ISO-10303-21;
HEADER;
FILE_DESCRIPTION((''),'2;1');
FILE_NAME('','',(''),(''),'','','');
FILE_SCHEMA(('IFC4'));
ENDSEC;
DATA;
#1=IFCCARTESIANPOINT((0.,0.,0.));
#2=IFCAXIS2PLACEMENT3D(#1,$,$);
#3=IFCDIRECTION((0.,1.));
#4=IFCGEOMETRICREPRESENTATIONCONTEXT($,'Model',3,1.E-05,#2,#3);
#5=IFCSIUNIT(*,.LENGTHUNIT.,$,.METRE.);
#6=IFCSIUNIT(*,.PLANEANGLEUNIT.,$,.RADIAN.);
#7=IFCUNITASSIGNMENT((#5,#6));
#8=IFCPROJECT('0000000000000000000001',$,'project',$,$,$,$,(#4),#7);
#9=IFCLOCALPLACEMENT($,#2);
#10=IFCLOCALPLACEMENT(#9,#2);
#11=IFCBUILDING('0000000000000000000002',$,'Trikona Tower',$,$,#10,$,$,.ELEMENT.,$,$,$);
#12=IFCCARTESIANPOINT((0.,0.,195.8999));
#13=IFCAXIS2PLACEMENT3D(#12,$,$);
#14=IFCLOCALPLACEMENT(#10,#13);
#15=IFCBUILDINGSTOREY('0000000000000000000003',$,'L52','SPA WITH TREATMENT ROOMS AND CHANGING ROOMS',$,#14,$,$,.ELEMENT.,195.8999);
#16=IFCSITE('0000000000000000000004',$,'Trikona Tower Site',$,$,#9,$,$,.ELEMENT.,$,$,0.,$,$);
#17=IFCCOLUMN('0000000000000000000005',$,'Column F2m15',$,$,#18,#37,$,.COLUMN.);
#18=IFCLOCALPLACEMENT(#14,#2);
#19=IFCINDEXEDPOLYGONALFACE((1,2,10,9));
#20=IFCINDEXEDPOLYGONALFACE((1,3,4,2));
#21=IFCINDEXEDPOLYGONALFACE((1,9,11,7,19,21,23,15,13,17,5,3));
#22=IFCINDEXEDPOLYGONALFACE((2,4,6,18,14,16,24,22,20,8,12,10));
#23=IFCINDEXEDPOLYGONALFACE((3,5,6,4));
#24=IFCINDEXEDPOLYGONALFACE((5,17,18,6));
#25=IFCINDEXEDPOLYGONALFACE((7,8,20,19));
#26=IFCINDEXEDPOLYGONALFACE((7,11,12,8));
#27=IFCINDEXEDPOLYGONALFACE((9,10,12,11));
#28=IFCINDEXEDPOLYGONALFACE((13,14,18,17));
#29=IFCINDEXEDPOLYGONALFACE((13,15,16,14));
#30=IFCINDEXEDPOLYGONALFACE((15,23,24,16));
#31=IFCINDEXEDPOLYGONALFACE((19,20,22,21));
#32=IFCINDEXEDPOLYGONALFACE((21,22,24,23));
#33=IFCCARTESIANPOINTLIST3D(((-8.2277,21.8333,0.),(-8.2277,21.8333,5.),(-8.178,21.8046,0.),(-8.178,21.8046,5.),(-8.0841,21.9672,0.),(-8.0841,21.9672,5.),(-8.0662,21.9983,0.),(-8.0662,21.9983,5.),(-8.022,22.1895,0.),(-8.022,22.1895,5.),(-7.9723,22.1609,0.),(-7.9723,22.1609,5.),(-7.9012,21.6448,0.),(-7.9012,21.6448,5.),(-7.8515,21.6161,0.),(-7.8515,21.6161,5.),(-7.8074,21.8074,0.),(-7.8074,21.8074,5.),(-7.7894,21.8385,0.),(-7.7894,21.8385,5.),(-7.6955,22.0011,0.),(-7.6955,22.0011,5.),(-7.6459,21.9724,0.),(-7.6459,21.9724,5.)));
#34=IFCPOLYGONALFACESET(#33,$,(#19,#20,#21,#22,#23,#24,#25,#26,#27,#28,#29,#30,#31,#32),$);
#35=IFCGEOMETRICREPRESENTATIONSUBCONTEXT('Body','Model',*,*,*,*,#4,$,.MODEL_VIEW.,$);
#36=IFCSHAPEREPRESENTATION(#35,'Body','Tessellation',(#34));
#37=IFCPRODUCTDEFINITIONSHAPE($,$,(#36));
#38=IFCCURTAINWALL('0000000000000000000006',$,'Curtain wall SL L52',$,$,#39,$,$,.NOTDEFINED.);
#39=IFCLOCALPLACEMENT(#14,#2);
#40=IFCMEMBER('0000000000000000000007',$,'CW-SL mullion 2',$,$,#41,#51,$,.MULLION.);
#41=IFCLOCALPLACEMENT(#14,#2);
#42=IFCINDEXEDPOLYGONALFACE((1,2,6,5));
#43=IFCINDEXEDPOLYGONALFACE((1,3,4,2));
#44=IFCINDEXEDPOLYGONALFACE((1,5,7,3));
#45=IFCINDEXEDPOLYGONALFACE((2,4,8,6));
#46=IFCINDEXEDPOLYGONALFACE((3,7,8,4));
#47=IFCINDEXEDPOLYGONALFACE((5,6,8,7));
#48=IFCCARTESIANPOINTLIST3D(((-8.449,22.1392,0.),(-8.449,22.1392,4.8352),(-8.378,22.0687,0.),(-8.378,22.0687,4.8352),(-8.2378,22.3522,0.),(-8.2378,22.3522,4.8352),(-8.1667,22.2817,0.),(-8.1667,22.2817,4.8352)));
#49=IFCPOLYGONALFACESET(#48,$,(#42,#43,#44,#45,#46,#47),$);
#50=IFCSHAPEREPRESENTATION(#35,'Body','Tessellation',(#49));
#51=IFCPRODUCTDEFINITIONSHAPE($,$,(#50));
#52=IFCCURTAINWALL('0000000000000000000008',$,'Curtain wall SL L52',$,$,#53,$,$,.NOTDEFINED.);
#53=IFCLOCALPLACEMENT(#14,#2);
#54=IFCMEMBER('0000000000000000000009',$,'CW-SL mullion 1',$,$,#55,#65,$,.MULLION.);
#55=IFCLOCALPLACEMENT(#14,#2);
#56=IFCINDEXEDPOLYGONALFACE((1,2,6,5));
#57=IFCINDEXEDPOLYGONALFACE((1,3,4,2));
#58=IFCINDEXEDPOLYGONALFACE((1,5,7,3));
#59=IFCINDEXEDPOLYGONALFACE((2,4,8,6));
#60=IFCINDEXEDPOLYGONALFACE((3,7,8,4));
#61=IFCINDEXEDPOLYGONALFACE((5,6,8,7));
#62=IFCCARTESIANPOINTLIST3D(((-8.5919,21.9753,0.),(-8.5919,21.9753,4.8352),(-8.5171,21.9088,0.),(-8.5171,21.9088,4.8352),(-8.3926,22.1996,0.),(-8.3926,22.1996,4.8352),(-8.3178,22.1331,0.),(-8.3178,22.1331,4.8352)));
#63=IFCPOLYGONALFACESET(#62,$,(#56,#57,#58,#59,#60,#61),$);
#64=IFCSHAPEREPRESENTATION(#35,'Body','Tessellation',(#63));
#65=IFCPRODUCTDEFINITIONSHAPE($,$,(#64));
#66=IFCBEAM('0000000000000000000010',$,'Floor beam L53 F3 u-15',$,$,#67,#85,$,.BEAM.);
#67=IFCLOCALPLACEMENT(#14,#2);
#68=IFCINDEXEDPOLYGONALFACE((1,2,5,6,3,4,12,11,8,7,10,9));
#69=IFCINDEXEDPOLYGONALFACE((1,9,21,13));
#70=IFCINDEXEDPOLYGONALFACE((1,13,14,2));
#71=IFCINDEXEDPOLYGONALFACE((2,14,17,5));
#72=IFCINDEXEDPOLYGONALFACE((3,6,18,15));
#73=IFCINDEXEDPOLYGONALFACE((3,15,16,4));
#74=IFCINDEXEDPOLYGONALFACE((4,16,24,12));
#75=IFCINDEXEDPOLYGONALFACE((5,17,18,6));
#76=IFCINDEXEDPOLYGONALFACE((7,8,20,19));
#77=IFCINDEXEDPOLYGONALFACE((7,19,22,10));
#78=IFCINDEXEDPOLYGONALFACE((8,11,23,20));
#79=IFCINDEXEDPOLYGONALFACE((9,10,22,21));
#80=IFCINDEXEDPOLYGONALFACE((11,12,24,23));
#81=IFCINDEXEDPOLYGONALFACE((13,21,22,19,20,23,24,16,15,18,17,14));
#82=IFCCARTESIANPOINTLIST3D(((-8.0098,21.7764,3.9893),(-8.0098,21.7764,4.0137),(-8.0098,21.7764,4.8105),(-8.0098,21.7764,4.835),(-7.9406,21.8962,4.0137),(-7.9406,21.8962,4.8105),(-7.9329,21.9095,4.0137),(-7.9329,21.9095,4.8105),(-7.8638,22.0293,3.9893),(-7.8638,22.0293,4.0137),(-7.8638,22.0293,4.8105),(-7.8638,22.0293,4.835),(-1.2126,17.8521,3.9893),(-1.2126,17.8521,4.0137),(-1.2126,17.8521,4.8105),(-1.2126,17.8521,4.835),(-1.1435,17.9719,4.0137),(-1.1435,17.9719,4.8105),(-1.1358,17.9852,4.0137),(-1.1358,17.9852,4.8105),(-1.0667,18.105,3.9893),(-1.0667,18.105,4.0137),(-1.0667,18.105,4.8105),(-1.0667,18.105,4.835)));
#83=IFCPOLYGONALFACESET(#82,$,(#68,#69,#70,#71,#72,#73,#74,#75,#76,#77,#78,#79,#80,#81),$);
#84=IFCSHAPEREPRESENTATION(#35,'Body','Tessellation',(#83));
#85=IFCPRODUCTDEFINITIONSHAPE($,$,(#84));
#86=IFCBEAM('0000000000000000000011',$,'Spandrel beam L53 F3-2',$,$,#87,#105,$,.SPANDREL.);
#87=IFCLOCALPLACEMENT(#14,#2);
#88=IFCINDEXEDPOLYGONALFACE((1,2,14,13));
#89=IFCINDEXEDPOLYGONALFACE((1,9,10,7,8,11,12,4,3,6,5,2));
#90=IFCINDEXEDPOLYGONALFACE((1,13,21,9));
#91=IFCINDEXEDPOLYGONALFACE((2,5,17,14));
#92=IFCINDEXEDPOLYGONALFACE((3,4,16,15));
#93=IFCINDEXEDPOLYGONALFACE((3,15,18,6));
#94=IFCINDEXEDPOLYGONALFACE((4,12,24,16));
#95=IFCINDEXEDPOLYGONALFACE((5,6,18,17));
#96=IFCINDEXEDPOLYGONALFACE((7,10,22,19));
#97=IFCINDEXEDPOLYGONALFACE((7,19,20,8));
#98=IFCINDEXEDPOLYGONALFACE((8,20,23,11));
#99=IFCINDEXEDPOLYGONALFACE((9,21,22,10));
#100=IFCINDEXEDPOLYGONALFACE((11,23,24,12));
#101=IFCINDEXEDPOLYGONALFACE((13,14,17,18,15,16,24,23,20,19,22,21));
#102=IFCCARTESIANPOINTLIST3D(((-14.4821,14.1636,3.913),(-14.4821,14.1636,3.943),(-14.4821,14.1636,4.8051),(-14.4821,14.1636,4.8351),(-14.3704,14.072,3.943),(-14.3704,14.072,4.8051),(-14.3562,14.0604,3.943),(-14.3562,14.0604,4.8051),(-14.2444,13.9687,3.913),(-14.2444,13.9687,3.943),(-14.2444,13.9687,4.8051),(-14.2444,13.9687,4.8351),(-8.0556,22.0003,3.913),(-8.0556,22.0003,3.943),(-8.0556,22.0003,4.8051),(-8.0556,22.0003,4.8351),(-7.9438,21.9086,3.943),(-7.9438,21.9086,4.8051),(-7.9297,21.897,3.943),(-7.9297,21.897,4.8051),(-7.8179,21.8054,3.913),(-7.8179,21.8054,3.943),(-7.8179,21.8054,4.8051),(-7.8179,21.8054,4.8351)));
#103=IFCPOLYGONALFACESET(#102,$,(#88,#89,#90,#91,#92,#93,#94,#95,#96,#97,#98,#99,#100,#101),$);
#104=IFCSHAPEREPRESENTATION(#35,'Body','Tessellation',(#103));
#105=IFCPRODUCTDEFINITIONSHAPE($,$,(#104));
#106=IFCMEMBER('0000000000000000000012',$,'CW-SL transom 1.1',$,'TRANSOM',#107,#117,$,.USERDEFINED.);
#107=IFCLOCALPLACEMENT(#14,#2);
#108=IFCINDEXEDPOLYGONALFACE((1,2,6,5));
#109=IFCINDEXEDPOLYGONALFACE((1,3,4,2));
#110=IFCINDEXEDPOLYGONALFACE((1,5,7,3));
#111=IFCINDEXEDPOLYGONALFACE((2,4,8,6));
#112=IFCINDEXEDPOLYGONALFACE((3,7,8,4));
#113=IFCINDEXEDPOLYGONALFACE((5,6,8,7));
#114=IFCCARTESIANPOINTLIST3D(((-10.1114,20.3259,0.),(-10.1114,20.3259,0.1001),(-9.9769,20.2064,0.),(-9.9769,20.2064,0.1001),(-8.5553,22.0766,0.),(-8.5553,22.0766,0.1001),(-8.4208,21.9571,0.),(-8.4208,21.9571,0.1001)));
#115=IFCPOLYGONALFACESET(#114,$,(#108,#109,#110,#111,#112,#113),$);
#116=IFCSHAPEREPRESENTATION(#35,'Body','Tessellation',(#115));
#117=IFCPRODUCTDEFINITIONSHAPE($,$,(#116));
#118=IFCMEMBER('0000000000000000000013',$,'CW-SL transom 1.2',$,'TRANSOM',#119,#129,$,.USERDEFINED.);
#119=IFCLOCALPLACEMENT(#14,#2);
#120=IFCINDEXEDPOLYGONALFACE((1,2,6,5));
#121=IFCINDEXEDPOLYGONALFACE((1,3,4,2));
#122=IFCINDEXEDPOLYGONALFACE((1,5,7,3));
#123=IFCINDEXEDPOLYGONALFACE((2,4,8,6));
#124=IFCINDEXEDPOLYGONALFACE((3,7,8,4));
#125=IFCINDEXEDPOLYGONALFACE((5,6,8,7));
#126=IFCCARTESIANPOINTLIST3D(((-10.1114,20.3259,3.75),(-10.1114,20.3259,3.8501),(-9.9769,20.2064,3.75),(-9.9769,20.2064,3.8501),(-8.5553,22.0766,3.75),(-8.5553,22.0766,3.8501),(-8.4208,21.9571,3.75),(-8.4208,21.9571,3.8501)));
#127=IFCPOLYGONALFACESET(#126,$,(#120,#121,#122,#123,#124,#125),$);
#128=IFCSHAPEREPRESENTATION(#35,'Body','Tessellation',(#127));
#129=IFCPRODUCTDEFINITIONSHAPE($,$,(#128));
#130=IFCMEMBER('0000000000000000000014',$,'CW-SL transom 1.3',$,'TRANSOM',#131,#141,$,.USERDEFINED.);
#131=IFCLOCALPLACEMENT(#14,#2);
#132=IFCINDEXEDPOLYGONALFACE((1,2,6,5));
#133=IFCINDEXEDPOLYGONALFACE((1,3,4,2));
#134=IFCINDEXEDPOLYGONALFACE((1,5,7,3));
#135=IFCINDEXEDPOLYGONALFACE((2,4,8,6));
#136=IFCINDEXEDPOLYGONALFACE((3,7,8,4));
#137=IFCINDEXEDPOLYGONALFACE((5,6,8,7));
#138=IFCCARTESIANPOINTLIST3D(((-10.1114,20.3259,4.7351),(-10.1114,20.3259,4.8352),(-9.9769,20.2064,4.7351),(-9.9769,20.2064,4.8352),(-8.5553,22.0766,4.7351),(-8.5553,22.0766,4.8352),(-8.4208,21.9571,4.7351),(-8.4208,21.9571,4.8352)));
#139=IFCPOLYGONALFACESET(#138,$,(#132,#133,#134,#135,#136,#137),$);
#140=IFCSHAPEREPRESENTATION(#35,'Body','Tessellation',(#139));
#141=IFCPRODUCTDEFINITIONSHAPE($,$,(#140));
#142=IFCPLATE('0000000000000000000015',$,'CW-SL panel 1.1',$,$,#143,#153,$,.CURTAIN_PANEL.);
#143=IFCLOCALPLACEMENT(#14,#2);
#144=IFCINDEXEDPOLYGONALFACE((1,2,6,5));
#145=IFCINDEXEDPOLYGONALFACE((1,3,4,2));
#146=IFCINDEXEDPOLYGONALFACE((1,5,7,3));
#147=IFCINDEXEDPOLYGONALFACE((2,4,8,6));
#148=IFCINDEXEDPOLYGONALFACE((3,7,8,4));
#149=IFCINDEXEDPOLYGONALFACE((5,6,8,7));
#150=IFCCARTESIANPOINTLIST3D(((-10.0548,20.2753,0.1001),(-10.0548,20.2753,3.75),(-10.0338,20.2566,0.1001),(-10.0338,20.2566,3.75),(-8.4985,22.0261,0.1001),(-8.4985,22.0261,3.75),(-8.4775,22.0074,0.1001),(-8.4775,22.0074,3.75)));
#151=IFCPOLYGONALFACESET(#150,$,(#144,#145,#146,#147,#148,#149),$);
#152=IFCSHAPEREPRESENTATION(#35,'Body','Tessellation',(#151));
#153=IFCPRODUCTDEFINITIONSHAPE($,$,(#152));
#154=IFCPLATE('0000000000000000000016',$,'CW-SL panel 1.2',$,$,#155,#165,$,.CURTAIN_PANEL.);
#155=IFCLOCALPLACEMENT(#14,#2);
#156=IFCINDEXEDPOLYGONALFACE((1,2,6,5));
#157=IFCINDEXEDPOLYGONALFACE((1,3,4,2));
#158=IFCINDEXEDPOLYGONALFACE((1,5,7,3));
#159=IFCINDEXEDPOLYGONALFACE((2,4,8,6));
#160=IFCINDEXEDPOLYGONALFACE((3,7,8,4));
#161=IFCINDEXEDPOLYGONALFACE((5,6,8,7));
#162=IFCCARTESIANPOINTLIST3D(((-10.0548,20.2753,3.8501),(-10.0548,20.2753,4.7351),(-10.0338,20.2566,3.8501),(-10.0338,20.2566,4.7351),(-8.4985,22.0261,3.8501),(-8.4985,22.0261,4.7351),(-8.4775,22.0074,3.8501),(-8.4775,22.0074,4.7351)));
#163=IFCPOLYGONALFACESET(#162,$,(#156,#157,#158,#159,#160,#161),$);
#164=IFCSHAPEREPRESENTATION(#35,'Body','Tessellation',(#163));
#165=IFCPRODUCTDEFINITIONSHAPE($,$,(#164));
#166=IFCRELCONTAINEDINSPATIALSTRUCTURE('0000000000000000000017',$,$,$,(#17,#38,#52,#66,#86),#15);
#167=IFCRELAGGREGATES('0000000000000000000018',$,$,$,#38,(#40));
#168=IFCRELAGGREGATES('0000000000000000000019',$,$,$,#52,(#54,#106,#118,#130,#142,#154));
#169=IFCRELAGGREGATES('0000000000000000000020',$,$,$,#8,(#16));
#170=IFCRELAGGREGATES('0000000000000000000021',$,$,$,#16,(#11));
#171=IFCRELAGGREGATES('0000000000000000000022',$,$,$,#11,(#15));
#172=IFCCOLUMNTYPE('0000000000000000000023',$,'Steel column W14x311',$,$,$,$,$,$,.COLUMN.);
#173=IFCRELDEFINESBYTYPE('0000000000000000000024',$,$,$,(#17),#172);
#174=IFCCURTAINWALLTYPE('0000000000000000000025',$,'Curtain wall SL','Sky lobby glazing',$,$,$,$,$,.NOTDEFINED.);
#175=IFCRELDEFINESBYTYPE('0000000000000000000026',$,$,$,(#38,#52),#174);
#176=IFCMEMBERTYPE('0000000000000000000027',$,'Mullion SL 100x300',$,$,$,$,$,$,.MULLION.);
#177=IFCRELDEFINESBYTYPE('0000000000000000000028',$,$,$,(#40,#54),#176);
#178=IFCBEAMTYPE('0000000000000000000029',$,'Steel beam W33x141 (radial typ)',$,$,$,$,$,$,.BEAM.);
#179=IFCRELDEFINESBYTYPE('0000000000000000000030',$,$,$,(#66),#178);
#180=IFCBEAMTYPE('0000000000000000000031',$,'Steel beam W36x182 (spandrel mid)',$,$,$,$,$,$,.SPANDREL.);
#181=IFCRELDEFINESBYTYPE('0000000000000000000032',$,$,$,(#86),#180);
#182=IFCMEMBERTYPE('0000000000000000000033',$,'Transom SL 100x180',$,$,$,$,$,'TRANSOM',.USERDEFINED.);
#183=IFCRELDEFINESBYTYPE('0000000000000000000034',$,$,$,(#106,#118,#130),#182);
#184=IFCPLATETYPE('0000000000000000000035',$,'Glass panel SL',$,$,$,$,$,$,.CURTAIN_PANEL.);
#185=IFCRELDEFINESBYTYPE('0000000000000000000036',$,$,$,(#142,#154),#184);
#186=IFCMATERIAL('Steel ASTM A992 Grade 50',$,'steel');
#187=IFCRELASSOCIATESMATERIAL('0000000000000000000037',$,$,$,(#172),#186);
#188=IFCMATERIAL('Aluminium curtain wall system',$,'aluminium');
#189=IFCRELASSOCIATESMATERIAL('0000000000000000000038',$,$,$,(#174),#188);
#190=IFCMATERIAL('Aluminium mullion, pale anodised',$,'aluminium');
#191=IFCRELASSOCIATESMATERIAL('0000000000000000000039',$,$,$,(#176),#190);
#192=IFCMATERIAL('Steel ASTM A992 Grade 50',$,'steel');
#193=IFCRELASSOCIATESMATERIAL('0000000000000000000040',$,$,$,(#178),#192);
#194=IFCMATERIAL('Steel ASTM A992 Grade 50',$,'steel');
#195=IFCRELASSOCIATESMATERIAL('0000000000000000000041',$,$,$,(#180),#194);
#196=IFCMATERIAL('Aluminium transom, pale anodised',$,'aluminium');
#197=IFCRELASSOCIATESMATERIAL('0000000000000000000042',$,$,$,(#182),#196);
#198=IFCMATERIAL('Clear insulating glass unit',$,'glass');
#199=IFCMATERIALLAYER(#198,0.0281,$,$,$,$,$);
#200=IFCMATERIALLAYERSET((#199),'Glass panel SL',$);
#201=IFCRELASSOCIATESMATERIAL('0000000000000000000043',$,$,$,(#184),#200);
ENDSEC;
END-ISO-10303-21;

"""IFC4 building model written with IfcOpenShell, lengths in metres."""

from ifc_helpers import new_model, si_unit, direction, frame, origin, origin_2d, place, context, subcontext, project, spatial, rectangle, i_section, extrude, material, layer, layer_set, material_profile, profile_set, type_object, element, aggregate, save


model = new_model("IFC4")

# Units and contexts
model_context = context("Model", 3, precision=1e-05, world=origin(), true_north=direction((0.0, 1.0)))
body_context = subcontext(model_context, "Body", "Model", "MODEL_VIEW")
ifc_project = project(units=[si_unit("LENGTHUNIT", "METRE"), si_unit("PLANEANGLEUNIT", "RADIAN")], contexts=[model_context])

# Site, building, storey
site_placement = place(None, origin())
site = spatial("IfcSite", under=ifc_project, at=site_placement, Name="Trikona Tower Site", CompositionType="ELEMENT", RefElevation=0.0)
building_placement = place(site_placement, origin())
building = spatial("IfcBuilding", under=site, at=building_placement, Name="Trikona Tower", CompositionType="ELEMENT")
storey_placement = place(building_placement, frame((0.0, 0.0, 195.8999)))
storey = spatial("IfcBuildingStorey", under=building, at=storey_placement, Name="L52", Description="SPA WITH TREATMENT ROOMS AND CHANGING ROOMS", CompositionType="ELEMENT", Elevation=195.8999)

# Column
ifc_material_1 = material(Name="Steel ASTM A992 Grade 50", Category="steel")
ifc_material_profile_1 = material_profile(ifc_material_1, i_section(OverallWidth=0.4114, OverallDepth=0.4343, WebThickness=0.0359, FlangeThickness=0.0574, at=origin_2d()), Name="W14X311")
ifc_profile_set_1 = profile_set([ifc_material_profile_1], Name="Steel ASTM A992 Grade 50")
column_type = type_object("IfcColumnType", Name="Steel column W14x311", PredefinedType="COLUMN", material=ifc_profile_set_1)
column_placement = place(storey_placement, frame((-7.9368, 21.9028, 0.0), z_axis=(0.0, 0.0, 1.0), x_axis=(-0.5, -0.866025, 0.0)))
element("IfcColumn", 1, at=column_placement, inside=storey, type_object=column_type, Name="Column F2m15", PredefinedType="COLUMN", context=body_context, shape_type="SweptSolid", body=[
    extrude(i_section(OverallWidth=0.4114, OverallDepth=0.4343, WebThickness=0.0359, FlangeThickness=0.0574, at=origin_2d()), origin(), (0.0, 0.0, 1.0), 5.0),
])

# Curtain walls, members
ifc_material_2 = material(Name="Aluminium curtain wall system", Category="aluminium")
curtain_wall_type = type_object("IfcCurtainWallType", Name="Curtain wall SL", Description="Sky lobby glazing", PredefinedType="NOTDEFINED", material=ifc_material_2)
curtain_wall_1_placement = place(storey_placement, origin())
curtain_wall_1 = element("IfcCurtainWall", 2, at=curtain_wall_1_placement, inside=storey, type_object=curtain_wall_type, Name="Curtain wall SL L52", PredefinedType="NOTDEFINED")
ifc_material_3 = material(Name="Aluminium mullion, pale anodised", Category="aluminium")
ifc_material_profile_2 = material_profile(ifc_material_3, rectangle(XDim=0.1001, YDim=0.3, at=origin_2d()), Name="MUL-SL")
ifc_profile_set_2 = profile_set([ifc_material_profile_2], Name="Aluminium mullion, pale anodised")
member_type_1 = type_object("IfcMemberType", Name="Mullion SL 100x300", PredefinedType="MULLION", material=ifc_profile_set_2)
member_1_placement = place(storey_placement, frame((-8.3079, 22.2104, 0.0), z_axis=(0.0, 0.0, 1.0), x_axis=(0.710052, -0.704149, 0.0)))
member_1 = element("IfcMember", 3, at=member_1_placement, type_object=member_type_1, Name="CW-SL mullion 2", PredefinedType="MULLION", context=body_context, shape_type="SweptSolid", body=[
    extrude(rectangle(XDim=0.1001, YDim=0.3, at=origin_2d()), origin(), (0.0, 0.0, 1.0), 4.8352),
])
aggregate(curtain_wall_1, [member_1])
curtain_wall_2_placement = place(storey_placement, origin())
curtain_wall_2 = element("IfcCurtainWall", 4, at=curtain_wall_2_placement, inside=storey, type_object=curtain_wall_type, Name="Curtain wall SL L52", PredefinedType="NOTDEFINED")
member_2_placement = place(storey_placement, frame((-8.4548, 22.0542, 0.0), z_axis=(0.0, 0.0, 1.0), x_axis=(0.747403, -0.664371, 0.0)))
member_2 = element("IfcMember", 5, at=member_2_placement, type_object=member_type_1, Name="CW-SL mullion 1", PredefinedType="MULLION", context=body_context, shape_type="SweptSolid", body=[
    extrude(rectangle(XDim=0.1001, YDim=0.3, at=origin_2d()), origin(), (0.0, 0.0, 1.0), 4.8352),
])

# Beams
ifc_material_4 = material(Name="Steel ASTM A992 Grade 50", Category="steel")
ifc_material_profile_3 = material_profile(ifc_material_4, i_section(OverallWidth=0.292, OverallDepth=0.8457, WebThickness=0.0154, FlangeThickness=0.0244, at=origin_2d()), Name="W33X141")
ifc_profile_set_3 = profile_set([ifc_material_profile_3], Name="Steel ASTM A992 Grade 50")
beam_type_1 = type_object("IfcBeamType", Name="Steel beam W33x141 (radial typ)", PredefinedType="BEAM", material=ifc_profile_set_3)
beam_1_placement = place(storey_placement, frame((-1.1396, 17.9785, 4.4121), z_axis=(-0.866026, 0.5, 0.0), x_axis=(-0.5, -0.866026, 0.0)))
element("IfcBeam", 6, at=beam_1_placement, inside=storey, type_object=beam_type_1, Name="Floor beam L53 F3 u-15", PredefinedType="BEAM", context=body_context, shape_type="SweptSolid", body=[
    extrude(i_section(OverallWidth=0.292, OverallDepth=0.8457, WebThickness=0.0154, FlangeThickness=0.0244, at=origin_2d()), origin(), (0.0, 0.0, 1.0), 7.8486),
])
ifc_material_5 = material(Name="Steel ASTM A992 Grade 50", Category="steel")
ifc_material_profile_4 = material_profile(ifc_material_5, i_section(OverallWidth=0.3074, OverallDepth=0.9221, WebThickness=0.0183, FlangeThickness=0.03, at=origin_2d()), Name="W36X182")
ifc_profile_set_4 = profile_set([ifc_material_profile_4], Name="Steel ASTM A992 Grade 50")
beam_type_2 = type_object("IfcBeamType", Name="Steel beam W36x182 (spandrel mid)", PredefinedType="SPANDREL", material=ifc_profile_set_4)
beam_2_placement = place(storey_placement, frame((-7.9368, 21.9028, 4.374), z_axis=(-0.634106, -0.773246, 0.0), x_axis=(0.773246, -0.634106, 0.0)))
element("IfcBeam", 7, at=beam_2_placement, inside=storey, type_object=beam_type_2, Name="Spandrel beam L53 F3-2", PredefinedType="SPANDREL", context=body_context, shape_type="SweptSolid", body=[
    extrude(i_section(OverallWidth=0.3074, OverallDepth=0.9221, WebThickness=0.0183, FlangeThickness=0.03, at=origin_2d()), origin(), (0.0, 0.0, 1.0), 10.1348),
])

# Members
ifc_material_6 = material(Name="Aluminium transom, pale anodised", Category="aluminium")
ifc_material_profile_5 = material_profile(ifc_material_6, rectangle(XDim=0.1799, YDim=0.1001, at=origin_2d()), Name="TRN-SL")
ifc_profile_set_5 = profile_set([ifc_material_profile_5], Name="Aluminium transom, pale anodised")
member_type_2 = type_object("IfcMemberType", Name="Transom SL 100x180", ElementType="TRANSOM", PredefinedType="USERDEFINED", material=ifc_profile_set_5)
member_3_placement = place(storey_placement, frame((-8.488, 22.0168, 0.05), z_axis=(-0.664351, -0.747421, 0.0), x_axis=(0.747421, -0.664351, 0.0)))
member_3 = element("IfcMember", 8, at=member_3_placement, type_object=member_type_2, Name="CW-SL transom 1.1", ObjectType="TRANSOM", PredefinedType="USERDEFINED", context=body_context, shape_type="SweptSolid", body=[
    extrude(rectangle(XDim=0.1799, YDim=0.1001, at=origin_2d()), origin(), (0.0, 0.0, 1.0), 2.3423),
])
member_4_placement = place(storey_placement, frame((-8.488, 22.0168, 3.8), z_axis=(-0.664351, -0.747421, 0.0), x_axis=(0.747421, -0.664351, 0.0)))
member_4 = element("IfcMember", 9, at=member_4_placement, type_object=member_type_2, Name="CW-SL transom 1.2", ObjectType="TRANSOM", PredefinedType="USERDEFINED", context=body_context, shape_type="SweptSolid", body=[
    extrude(rectangle(XDim=0.1799, YDim=0.1001, at=origin_2d()), origin(), (0.0, 0.0, 1.0), 2.3423),
])
member_5_placement = place(storey_placement, frame((-8.488, 22.0168, 4.7852), z_axis=(-0.664351, -0.747421, 0.0), x_axis=(0.747421, -0.664351, 0.0)))
member_5 = element("IfcMember", 10, at=member_5_placement, type_object=member_type_2, Name="CW-SL transom 1.3", ObjectType="TRANSOM", PredefinedType="USERDEFINED", context=body_context, shape_type="SweptSolid", body=[
    extrude(rectangle(XDim=0.1799, YDim=0.1001, at=origin_2d()), origin(), (0.0, 0.0, 1.0), 2.3423),
])

# Plates
ifc_material_7 = material(Name="Clear insulating glass unit", Category="glass")
ifc_layer_1 = layer(ifc_material_7, 0.0281)
ifc_layer_set_1 = layer_set([ifc_layer_1], Name="Glass panel SL")
plate_type = type_object("IfcPlateType", Name="Glass panel SL", PredefinedType="CURTAIN_PANEL", material=ifc_layer_set_1)
plate_1_placement = place(storey_placement, frame((-9.2661, 21.1414, 0.1001), z_axis=(0.0, 0.0, 1.0), x_axis=(-0.664371, -0.747403, 0.0)))
plate_1 = element("IfcPlate", 11, at=plate_1_placement, type_object=plate_type, Name="CW-SL panel 1.1", PredefinedType="CURTAIN_PANEL", context=body_context, shape_type="SweptSolid", body=[
    extrude(rectangle(XDim=2.3425, YDim=0.0281, at=origin_2d()), origin(), (0.0, 0.0, 1.0), 3.6499),
])
plate_2_placement = place(storey_placement, frame((-9.2661, 21.1414, 3.8501), z_axis=(0.0, 0.0, 1.0), x_axis=(-0.664371, -0.747403, 0.0)))
plate_2 = element("IfcPlate", 12, at=plate_2_placement, type_object=plate_type, Name="CW-SL panel 1.2", PredefinedType="CURTAIN_PANEL", context=body_context, shape_type="SweptSolid", body=[
    extrude(rectangle(XDim=2.3425, YDim=0.0281, at=origin_2d()), origin(), (0.0, 0.0, 1.0), 0.885),
])
aggregate(curtain_wall_2, [member_2, member_3, member_4, member_5, plate_1, plate_2])

save(model, "model.ifc")
